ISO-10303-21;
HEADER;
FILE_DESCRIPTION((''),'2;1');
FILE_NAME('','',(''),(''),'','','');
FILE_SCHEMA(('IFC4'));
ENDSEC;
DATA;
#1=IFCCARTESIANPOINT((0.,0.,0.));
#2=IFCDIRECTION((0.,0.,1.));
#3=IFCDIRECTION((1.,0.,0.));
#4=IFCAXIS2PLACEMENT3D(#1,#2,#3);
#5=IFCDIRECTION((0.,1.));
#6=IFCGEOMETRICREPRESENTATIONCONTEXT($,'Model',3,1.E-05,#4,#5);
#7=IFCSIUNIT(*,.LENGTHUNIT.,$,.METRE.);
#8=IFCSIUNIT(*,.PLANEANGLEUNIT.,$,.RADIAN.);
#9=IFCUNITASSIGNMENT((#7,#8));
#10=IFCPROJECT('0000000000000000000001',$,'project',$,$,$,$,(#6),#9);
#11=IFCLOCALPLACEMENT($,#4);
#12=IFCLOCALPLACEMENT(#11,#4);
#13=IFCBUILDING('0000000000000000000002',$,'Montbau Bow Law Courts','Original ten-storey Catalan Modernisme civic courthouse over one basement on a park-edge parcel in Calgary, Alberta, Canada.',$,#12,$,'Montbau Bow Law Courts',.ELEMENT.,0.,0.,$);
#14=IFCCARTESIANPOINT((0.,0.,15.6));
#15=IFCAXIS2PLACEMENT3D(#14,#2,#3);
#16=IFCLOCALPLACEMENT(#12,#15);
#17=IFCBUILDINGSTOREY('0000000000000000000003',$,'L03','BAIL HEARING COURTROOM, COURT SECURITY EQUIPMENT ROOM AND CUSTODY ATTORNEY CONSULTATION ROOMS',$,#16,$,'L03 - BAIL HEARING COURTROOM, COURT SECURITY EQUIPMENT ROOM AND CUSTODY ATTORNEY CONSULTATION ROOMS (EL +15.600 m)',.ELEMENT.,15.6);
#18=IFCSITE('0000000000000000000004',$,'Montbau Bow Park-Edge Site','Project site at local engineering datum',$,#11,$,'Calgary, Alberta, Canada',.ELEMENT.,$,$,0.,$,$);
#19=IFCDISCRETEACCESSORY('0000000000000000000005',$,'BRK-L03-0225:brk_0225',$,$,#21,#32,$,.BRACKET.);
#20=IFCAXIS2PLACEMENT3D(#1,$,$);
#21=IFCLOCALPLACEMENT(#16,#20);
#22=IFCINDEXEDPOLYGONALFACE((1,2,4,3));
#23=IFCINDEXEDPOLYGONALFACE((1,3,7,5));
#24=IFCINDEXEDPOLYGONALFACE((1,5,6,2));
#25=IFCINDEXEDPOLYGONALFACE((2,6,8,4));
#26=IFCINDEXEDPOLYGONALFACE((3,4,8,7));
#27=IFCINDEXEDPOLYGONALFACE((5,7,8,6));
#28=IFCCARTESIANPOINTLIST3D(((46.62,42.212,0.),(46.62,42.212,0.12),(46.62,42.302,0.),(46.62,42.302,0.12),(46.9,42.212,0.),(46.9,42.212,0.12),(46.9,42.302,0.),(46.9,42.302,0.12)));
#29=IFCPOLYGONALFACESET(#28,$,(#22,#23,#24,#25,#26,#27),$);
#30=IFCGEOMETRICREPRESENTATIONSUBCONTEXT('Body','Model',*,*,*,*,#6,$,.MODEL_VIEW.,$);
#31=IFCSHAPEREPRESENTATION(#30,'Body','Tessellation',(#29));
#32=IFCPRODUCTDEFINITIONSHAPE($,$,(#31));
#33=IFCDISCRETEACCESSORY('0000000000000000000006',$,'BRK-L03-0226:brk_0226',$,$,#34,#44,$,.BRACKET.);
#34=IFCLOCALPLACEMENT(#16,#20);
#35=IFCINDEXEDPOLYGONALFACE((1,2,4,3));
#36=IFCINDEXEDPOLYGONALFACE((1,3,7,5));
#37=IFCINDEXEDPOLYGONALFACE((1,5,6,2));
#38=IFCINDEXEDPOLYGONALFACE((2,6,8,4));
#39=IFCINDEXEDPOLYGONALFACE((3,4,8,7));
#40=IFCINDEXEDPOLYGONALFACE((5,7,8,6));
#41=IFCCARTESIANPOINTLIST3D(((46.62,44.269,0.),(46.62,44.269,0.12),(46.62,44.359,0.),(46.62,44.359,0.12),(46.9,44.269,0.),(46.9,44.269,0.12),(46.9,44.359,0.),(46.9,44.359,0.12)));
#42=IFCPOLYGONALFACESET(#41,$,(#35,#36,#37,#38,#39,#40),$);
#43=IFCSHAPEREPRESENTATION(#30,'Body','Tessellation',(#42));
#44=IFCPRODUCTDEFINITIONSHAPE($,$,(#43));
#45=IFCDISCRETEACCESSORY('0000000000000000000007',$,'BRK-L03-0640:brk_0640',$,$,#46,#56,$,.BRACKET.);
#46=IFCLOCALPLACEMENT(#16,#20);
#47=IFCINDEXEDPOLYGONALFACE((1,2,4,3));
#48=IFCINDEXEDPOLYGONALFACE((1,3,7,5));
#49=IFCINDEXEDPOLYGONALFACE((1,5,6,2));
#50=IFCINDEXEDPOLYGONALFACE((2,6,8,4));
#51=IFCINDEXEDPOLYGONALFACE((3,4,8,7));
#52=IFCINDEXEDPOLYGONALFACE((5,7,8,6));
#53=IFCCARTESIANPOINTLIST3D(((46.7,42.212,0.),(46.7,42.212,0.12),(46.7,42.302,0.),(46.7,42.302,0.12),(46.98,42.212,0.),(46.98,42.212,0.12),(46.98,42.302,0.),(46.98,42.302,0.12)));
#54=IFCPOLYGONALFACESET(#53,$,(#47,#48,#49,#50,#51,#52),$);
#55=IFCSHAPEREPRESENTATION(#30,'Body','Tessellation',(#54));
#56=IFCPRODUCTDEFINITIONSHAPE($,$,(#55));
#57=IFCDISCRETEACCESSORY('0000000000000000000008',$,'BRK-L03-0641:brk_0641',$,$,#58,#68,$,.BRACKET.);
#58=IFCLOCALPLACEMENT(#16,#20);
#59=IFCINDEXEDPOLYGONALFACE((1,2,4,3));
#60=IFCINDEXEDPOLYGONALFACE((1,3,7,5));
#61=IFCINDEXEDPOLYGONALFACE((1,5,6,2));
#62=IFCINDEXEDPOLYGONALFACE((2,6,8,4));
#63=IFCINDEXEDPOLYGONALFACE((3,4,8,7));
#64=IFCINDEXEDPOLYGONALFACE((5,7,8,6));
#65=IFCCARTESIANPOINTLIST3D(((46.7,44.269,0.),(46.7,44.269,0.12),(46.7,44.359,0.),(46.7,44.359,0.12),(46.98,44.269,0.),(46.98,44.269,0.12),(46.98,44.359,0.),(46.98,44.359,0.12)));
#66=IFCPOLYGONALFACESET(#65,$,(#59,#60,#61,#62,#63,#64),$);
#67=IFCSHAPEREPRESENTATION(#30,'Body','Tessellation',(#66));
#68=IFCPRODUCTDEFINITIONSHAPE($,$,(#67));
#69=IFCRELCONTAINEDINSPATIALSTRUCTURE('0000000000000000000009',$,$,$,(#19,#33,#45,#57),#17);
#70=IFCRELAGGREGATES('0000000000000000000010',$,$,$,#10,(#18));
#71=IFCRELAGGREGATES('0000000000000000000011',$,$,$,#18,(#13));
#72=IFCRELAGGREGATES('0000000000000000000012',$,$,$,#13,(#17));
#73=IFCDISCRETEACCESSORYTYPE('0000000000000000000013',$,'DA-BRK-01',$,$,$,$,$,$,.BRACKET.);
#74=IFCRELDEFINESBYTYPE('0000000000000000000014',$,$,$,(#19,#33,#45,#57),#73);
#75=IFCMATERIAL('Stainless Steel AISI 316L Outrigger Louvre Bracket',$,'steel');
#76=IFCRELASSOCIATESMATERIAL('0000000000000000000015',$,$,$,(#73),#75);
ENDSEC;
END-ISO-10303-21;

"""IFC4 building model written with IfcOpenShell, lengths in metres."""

from ifc_helpers import new_model, si_unit, direction, frame, origin_with_axes, origin_2d_with_axis, place, context, subcontext, project, spatial, rectangle, extrude, material, type_object, element, save


model = new_model("IFC4")

# Units and contexts
model_context = context("Model", 3, precision=1e-05, world=origin_with_axes(), true_north=direction((0.0, 1.0)))
body_context = subcontext(model_context, "Body", "Model", "MODEL_VIEW")
ifc_project = project(units=[si_unit("LENGTHUNIT", "METRE"), si_unit("PLANEANGLEUNIT", "RADIAN")], contexts=[model_context])

# Site, building, storey
site_placement = place(None, origin_with_axes())
site = spatial("IfcSite", under=ifc_project, at=site_placement, Name="Montbau Bow Park-Edge Site", Description="Project site at local engineering datum", LongName="Calgary, Alberta, Canada", CompositionType="ELEMENT", RefElevation=0.0)
building_placement = place(site_placement, origin_with_axes())
building = spatial("IfcBuilding", under=site, at=building_placement, Name="Montbau Bow Law Courts", Description="Original ten-storey Catalan Modernisme civic courthouse over one basement on a park-edge parcel in Calgary, Alberta, Canada.", LongName="Montbau Bow Law Courts", CompositionType="ELEMENT", ElevationOfRefHeight=0.0, ElevationOfTerrain=0.0)
storey_placement = place(building_placement, frame((0.0, 0.0, 15.6), z_axis=(0.0, 0.0, 1.0), x_axis=(1.0, 0.0, 0.0)))
storey = spatial("IfcBuildingStorey", under=building, at=storey_placement, Name="L03", Description="BAIL HEARING COURTROOM, COURT SECURITY EQUIPMENT ROOM AND CUSTODY ATTORNEY CONSULTATION ROOMS", LongName="L03 - BAIL HEARING COURTROOM, COURT SECURITY EQUIPMENT ROOM AND CUSTODY ATTORNEY CONSULTATION ROOMS (EL +15.600 m)", CompositionType="ELEMENT", Elevation=15.6)

# Discrete accessories
ifc_material_1 = material(Name="Stainless Steel AISI 316L Outrigger Louvre Bracket", Category="steel")
discrete_accessory_type = type_object("IfcDiscreteAccessoryType", Name="DA-BRK-01", PredefinedType="BRACKET", material=ifc_material_1)
for number, where, z_axis, x_axis, name in (
    (1, (46.76, 42.257, 15.6), (0.0, 0.0, 1.0), (1.0, 0.0, 0.0), "BRK-L03-0225:brk_0225"),
    (2, (46.76, 44.314, 15.6), (0.0, 0.0, 1.0), (1.0, 0.0, 0.0), "BRK-L03-0226:brk_0226"),
    (3, (46.84, 42.257, 15.6), (0.0, 0.0, 1.0), (-1.0, 0.0, 0.0), "BRK-L03-0640:brk_0640"),
    (4, (46.84, 44.314, 15.6), (0.0, 0.0, 1.0), (-1.0, 0.0, 0.0), "BRK-L03-0641:brk_0641"),
):
    element("IfcDiscreteAccessory", number, at=place(None, frame(where, z_axis=z_axis, x_axis=x_axis)), inside=storey, type_object=discrete_accessory_type, Name=name, PredefinedType="BRACKET", context=body_context, shape_type="SweptSolid", body=[
        extrude(rectangle(XDim=0.28, YDim=0.09, at=origin_2d_with_axis()), origin_with_axes(), (0.0, 0.0, 1.0), 0.12),
    ])

save(model, "model.ifc")
